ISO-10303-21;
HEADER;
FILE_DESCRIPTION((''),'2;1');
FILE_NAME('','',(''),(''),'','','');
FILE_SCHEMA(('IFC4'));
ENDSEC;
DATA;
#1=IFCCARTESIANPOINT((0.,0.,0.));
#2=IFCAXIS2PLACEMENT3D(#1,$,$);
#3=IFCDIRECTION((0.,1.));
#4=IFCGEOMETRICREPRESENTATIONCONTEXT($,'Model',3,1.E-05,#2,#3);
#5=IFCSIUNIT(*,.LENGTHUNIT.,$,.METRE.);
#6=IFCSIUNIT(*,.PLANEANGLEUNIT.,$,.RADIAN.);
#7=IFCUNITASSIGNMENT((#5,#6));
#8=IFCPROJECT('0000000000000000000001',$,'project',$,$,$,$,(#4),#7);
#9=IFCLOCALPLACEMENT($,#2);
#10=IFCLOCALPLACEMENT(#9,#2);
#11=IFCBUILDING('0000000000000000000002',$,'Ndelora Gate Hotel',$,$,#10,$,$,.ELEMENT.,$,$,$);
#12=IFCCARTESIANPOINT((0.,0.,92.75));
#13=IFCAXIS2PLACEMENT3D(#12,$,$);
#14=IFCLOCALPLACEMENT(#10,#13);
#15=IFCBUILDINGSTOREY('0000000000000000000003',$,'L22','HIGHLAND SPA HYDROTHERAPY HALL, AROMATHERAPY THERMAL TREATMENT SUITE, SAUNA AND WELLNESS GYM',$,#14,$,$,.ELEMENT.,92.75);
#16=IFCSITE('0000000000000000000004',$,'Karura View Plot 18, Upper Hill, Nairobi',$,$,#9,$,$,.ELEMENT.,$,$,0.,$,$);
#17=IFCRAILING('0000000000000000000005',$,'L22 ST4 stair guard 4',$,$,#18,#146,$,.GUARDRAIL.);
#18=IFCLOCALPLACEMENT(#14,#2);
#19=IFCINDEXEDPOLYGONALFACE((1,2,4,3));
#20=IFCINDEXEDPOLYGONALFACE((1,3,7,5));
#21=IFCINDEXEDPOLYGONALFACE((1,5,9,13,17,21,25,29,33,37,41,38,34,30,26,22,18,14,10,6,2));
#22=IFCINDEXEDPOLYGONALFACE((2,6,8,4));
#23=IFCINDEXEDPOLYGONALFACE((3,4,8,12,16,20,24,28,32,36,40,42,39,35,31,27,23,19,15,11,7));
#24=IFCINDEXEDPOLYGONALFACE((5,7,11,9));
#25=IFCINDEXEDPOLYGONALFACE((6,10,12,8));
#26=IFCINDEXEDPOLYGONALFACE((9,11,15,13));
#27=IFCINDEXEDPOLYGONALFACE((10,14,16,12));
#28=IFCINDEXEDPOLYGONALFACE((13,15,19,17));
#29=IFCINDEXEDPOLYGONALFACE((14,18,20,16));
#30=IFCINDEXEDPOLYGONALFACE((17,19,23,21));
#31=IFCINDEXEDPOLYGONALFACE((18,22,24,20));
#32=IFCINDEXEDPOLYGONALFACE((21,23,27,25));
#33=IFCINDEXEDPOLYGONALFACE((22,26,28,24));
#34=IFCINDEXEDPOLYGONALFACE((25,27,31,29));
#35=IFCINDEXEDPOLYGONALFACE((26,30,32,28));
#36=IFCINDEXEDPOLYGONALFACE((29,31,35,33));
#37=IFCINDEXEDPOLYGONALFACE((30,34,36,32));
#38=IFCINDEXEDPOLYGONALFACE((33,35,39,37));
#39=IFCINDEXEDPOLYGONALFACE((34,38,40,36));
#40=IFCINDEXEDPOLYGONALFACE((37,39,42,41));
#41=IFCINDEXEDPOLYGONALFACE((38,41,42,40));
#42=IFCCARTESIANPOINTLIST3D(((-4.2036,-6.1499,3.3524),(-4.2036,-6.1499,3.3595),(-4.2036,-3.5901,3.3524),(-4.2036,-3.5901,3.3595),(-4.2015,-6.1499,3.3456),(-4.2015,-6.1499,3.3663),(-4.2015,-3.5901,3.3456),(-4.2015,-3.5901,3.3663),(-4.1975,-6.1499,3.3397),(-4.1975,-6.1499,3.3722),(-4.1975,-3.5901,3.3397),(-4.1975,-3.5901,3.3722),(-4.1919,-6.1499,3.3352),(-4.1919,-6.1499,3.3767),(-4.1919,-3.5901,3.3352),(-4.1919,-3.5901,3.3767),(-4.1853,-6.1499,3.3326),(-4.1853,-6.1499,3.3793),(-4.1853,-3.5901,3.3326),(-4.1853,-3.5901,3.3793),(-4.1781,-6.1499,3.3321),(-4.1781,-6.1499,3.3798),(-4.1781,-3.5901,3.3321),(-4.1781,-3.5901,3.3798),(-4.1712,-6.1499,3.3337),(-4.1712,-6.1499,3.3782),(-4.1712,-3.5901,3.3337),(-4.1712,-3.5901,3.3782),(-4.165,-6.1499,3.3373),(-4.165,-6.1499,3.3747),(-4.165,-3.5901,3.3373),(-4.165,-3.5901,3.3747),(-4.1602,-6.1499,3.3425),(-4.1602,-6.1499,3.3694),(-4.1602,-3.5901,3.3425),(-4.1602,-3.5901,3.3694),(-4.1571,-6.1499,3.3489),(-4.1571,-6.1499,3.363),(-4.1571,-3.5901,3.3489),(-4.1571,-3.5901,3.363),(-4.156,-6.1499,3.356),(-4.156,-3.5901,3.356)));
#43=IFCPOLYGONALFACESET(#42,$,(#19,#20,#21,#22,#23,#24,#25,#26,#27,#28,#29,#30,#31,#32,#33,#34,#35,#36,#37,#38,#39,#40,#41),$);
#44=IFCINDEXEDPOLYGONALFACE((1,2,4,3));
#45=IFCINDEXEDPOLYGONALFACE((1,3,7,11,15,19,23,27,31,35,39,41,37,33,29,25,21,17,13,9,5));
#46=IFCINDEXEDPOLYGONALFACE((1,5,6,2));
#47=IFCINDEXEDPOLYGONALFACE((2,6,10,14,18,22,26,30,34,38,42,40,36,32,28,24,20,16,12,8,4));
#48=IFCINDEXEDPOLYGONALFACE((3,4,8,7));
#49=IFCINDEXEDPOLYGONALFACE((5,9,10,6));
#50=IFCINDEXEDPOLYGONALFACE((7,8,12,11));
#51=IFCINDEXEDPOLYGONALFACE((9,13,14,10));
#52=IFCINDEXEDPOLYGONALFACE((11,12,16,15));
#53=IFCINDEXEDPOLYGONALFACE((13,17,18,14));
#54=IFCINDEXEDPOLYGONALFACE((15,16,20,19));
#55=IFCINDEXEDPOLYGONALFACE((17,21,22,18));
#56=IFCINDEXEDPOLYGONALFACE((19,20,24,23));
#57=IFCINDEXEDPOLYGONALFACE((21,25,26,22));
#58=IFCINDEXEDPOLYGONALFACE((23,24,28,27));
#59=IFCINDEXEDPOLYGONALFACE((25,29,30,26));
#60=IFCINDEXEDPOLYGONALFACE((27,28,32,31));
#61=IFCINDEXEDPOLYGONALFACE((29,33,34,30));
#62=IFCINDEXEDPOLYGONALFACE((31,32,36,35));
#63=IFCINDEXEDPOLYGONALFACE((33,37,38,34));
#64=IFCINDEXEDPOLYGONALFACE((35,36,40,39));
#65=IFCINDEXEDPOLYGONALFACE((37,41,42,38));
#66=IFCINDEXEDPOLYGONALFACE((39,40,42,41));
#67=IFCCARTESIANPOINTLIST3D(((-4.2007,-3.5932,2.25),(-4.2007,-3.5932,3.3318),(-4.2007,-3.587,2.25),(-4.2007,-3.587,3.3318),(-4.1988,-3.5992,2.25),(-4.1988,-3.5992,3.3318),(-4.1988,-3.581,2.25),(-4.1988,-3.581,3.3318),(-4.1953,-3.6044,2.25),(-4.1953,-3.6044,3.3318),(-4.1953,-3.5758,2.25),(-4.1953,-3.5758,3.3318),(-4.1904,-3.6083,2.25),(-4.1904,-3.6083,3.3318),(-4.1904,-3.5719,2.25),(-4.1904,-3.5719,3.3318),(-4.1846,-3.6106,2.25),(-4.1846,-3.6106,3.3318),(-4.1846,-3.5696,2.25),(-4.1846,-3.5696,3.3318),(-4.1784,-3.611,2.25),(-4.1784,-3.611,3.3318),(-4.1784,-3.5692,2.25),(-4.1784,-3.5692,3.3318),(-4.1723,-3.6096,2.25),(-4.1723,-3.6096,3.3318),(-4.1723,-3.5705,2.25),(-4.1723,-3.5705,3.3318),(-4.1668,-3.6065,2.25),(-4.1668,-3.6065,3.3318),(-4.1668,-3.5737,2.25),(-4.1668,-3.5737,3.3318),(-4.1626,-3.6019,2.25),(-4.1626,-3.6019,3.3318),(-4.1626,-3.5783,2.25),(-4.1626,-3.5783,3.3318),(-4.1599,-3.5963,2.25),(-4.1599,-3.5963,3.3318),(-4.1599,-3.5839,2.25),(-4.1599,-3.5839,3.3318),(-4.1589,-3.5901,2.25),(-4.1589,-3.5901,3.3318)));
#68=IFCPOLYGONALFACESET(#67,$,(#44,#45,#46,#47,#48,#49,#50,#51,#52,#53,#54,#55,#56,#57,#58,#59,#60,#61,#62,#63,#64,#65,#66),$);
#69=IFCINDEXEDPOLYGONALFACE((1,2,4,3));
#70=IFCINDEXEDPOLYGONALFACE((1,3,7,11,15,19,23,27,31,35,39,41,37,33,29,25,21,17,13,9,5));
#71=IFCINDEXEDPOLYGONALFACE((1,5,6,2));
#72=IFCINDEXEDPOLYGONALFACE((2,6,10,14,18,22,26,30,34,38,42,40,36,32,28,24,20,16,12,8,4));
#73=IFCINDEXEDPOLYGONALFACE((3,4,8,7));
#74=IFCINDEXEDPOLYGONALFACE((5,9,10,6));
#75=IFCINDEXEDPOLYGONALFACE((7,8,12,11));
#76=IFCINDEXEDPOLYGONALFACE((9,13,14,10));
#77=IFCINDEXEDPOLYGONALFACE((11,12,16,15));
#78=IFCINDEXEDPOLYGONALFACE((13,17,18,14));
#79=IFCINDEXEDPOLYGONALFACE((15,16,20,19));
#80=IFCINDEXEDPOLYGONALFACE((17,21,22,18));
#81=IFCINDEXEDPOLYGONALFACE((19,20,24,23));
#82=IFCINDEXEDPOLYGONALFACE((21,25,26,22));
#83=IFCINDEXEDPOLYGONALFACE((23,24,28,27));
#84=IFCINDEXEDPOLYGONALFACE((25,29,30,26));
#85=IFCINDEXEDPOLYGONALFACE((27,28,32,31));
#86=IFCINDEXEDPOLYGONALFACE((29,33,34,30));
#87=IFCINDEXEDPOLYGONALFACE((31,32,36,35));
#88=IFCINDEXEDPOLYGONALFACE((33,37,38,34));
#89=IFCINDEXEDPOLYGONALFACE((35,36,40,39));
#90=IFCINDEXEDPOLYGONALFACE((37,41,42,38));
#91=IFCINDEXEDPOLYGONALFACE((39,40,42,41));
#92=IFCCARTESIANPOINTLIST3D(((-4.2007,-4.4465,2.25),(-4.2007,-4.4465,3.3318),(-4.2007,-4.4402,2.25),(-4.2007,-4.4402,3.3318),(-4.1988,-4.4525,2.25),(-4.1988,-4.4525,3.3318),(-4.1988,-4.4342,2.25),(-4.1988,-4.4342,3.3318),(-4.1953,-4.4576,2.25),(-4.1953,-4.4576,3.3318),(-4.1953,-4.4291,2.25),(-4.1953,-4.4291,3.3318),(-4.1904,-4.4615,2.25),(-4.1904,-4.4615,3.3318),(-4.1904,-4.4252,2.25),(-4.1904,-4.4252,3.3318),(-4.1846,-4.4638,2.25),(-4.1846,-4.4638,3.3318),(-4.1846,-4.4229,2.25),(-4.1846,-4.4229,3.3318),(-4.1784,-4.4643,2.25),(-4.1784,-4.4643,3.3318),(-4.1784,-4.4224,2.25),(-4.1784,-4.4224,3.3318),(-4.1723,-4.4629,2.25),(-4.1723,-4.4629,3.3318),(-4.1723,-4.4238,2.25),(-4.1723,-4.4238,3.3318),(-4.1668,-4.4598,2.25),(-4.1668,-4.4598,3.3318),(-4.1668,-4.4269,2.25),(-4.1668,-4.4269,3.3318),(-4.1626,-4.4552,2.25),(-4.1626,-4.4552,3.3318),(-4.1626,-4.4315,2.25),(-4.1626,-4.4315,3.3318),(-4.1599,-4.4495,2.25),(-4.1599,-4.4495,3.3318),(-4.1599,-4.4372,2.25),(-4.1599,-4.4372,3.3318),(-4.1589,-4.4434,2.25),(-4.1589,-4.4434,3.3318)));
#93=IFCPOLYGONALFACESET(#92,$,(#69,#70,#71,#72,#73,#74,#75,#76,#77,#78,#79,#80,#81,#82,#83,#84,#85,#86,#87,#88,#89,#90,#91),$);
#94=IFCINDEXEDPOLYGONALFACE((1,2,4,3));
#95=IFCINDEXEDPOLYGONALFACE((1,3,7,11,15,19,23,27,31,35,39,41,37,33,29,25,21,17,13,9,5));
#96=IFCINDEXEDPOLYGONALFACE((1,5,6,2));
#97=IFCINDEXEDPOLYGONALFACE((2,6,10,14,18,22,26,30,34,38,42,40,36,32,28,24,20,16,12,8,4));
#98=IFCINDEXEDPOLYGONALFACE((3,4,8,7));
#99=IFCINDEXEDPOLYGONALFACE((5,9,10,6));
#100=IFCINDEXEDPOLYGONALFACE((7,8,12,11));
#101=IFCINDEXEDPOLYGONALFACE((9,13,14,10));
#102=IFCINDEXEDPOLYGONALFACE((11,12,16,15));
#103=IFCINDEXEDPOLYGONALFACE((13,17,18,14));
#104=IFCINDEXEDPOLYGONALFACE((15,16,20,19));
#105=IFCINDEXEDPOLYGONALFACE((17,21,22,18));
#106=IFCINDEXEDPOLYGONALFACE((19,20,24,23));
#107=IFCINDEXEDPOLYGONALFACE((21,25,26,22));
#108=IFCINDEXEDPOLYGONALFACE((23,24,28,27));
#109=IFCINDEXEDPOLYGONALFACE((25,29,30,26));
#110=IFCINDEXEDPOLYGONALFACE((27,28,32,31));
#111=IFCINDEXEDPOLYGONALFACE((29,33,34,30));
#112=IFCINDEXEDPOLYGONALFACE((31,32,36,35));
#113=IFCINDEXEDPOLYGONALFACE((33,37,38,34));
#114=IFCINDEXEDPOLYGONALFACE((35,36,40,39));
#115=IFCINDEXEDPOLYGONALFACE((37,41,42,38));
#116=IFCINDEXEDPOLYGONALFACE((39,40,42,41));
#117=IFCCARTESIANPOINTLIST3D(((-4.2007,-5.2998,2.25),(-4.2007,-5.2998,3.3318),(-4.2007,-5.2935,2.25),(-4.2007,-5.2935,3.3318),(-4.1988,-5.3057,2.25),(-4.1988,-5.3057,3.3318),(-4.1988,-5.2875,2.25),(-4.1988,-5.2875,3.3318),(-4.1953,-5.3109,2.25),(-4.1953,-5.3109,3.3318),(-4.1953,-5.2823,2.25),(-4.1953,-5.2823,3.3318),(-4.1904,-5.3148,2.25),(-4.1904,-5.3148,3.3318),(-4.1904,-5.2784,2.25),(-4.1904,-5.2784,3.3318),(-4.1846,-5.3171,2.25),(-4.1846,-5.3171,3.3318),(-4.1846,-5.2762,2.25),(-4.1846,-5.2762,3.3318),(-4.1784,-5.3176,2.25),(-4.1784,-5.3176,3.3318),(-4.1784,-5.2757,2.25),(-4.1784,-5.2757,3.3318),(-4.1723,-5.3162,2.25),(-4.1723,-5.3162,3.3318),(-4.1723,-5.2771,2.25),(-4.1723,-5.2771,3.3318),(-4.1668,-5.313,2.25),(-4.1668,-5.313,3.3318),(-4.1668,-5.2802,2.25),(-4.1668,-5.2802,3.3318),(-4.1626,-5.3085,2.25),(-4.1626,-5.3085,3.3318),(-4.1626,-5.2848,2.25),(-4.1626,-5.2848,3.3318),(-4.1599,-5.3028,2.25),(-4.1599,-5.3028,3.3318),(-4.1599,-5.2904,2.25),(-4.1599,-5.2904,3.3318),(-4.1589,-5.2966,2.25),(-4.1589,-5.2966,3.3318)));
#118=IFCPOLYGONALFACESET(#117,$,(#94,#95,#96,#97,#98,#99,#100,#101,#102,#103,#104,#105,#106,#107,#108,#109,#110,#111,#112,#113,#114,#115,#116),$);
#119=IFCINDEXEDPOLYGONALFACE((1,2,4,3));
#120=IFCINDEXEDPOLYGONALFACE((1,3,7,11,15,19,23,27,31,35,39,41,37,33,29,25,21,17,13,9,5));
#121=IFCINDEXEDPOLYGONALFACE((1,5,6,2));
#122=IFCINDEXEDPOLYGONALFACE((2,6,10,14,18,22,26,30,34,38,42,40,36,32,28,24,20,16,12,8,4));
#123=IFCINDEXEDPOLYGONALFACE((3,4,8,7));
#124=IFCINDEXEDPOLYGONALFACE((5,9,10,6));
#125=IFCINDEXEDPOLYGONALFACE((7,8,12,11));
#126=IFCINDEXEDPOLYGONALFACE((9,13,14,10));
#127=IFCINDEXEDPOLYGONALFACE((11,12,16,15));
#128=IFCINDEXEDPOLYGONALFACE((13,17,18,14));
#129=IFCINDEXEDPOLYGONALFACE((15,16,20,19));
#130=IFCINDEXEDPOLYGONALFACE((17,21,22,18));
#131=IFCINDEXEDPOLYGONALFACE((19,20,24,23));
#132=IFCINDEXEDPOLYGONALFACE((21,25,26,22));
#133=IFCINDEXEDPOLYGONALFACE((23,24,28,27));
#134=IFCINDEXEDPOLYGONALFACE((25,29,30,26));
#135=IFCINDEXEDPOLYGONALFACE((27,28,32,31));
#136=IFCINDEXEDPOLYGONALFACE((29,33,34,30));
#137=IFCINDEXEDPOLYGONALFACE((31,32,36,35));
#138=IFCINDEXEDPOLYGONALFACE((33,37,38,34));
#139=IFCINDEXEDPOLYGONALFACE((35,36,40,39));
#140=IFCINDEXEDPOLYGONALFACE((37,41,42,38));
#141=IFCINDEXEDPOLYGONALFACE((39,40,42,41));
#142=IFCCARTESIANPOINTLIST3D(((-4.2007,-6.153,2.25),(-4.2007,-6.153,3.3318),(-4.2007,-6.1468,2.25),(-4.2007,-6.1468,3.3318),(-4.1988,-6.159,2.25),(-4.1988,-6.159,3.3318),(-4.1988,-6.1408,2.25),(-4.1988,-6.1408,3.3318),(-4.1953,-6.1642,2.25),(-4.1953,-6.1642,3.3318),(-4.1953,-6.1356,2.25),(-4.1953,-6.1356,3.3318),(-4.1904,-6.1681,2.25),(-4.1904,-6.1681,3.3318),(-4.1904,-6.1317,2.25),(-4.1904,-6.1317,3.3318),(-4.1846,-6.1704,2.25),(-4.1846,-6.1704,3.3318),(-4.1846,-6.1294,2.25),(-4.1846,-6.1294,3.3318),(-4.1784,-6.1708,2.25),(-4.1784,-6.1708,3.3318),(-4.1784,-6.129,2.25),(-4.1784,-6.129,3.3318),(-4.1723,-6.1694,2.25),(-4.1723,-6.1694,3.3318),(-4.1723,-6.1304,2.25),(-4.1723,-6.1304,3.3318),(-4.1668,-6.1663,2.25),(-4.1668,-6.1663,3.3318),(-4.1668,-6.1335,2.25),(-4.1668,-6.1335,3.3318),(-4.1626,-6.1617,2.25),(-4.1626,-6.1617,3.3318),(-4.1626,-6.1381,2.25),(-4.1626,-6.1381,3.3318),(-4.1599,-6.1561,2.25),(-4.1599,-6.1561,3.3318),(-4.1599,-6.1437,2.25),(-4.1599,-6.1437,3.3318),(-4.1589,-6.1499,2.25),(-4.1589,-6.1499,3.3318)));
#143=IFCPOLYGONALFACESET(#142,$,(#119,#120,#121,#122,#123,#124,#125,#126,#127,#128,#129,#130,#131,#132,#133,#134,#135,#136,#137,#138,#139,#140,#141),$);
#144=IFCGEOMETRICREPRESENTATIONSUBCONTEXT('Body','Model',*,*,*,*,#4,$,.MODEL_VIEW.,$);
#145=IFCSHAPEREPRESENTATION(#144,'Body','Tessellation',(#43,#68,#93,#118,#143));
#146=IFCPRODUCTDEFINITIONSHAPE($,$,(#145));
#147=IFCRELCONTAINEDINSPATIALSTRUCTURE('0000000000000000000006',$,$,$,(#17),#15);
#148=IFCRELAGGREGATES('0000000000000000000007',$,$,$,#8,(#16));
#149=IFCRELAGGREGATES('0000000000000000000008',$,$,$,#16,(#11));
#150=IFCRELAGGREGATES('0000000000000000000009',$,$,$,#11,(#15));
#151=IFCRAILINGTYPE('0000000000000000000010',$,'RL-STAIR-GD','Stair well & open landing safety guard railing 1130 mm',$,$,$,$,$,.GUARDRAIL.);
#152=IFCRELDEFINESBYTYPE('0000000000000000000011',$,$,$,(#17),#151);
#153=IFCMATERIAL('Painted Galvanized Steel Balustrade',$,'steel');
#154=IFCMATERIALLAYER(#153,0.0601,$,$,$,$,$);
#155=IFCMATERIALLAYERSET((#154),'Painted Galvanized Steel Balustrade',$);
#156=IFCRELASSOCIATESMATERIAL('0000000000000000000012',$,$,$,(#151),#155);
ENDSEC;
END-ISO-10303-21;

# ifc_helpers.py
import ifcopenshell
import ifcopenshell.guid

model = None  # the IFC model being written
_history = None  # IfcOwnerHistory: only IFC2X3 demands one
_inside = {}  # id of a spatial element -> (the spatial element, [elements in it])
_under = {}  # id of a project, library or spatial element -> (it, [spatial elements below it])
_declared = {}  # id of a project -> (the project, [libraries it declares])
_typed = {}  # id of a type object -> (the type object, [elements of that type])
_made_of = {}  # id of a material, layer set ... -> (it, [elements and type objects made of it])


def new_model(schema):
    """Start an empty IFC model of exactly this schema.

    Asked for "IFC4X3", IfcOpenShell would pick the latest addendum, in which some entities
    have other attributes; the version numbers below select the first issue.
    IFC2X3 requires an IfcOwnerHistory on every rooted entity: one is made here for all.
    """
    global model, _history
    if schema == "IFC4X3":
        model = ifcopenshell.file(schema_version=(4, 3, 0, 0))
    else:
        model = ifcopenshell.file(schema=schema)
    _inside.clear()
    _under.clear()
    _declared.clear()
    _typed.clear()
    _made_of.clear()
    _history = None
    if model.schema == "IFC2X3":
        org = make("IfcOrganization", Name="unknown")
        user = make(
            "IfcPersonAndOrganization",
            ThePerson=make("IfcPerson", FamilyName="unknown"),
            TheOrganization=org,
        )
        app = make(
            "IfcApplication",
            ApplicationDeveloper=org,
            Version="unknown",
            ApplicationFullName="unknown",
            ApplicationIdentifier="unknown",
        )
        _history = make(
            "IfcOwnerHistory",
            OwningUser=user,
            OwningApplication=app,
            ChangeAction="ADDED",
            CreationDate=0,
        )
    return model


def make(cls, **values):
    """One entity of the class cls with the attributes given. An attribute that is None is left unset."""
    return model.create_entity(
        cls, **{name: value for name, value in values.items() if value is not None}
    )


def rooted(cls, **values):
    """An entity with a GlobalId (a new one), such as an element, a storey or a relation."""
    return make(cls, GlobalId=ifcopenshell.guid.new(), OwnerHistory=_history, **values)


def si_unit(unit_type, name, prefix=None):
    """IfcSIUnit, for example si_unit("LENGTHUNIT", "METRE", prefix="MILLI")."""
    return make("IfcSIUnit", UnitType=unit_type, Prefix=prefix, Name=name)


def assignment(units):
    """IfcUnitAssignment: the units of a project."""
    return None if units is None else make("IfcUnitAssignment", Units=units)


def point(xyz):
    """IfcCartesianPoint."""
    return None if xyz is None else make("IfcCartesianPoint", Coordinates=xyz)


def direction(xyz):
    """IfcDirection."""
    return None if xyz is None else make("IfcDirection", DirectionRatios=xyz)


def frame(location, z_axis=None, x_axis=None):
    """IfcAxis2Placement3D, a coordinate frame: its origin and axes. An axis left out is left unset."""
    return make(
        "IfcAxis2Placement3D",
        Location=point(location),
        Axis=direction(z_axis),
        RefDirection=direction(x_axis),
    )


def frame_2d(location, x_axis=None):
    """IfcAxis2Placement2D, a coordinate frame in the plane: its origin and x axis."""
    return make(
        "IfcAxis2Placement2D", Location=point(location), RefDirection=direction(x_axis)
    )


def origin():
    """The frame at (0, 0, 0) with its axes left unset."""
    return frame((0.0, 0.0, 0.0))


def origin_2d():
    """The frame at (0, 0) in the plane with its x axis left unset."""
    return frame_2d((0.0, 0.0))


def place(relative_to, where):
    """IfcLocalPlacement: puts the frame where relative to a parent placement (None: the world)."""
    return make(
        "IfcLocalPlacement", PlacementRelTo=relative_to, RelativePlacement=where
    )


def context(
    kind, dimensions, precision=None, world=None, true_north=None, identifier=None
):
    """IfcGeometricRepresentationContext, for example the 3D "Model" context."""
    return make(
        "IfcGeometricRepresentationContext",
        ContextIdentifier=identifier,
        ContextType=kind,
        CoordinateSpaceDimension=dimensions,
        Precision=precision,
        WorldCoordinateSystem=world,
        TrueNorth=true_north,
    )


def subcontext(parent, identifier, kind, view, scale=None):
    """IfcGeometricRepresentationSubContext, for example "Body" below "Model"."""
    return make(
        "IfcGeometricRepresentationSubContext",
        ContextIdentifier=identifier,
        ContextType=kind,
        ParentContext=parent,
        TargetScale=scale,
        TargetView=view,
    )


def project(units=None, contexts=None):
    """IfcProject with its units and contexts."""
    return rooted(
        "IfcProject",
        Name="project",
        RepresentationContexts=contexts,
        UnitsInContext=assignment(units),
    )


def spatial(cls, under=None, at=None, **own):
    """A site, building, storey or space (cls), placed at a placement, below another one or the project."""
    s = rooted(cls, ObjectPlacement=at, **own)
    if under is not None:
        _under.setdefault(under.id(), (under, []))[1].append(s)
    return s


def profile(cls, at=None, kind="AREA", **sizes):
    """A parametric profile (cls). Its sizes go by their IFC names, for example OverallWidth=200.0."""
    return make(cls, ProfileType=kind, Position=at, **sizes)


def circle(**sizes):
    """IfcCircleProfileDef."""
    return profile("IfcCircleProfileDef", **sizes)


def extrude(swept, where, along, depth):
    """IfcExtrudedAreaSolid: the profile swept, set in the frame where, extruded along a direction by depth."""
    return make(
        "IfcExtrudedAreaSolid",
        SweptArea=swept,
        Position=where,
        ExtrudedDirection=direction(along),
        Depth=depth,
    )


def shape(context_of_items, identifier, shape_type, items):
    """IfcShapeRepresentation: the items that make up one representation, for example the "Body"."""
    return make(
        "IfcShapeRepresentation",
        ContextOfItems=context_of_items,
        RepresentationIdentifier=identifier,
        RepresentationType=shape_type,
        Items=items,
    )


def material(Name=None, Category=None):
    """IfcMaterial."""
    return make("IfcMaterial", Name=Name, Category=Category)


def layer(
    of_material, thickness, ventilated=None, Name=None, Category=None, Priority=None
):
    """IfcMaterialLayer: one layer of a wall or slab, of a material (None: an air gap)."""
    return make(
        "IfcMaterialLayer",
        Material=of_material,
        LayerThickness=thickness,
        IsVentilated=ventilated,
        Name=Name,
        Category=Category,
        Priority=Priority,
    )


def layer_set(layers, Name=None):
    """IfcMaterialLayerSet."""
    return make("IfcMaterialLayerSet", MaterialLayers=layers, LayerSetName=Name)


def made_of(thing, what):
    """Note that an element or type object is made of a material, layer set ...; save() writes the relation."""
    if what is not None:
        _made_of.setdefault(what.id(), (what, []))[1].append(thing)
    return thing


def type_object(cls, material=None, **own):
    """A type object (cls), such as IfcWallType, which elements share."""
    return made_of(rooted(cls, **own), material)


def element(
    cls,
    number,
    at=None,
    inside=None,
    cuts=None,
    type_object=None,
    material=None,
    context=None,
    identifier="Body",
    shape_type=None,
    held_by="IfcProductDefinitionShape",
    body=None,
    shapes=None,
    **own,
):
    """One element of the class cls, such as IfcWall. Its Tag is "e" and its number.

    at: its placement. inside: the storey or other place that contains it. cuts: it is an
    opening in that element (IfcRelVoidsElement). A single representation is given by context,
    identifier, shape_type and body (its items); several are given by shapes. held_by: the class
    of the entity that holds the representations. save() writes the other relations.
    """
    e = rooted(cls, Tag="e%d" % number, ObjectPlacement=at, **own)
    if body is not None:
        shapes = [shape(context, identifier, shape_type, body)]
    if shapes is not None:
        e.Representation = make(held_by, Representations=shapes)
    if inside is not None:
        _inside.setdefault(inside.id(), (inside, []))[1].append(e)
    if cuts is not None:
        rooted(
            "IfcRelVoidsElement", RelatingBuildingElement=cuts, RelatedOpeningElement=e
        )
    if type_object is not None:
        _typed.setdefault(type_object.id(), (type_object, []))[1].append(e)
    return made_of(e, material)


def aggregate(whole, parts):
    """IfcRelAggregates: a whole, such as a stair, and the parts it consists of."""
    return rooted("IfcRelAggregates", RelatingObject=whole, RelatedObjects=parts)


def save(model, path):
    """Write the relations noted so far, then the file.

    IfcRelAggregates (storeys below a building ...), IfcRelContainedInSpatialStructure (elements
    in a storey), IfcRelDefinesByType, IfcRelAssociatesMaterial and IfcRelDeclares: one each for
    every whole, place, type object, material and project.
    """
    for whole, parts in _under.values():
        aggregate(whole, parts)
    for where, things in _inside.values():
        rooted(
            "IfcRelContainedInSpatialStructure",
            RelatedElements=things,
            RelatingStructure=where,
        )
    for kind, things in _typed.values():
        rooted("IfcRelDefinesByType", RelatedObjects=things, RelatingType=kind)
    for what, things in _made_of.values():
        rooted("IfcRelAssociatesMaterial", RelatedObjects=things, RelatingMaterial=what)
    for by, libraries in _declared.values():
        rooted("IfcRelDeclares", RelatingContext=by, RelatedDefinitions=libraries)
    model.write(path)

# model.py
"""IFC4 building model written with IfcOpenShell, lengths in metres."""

from ifc_helpers import new_model, si_unit, direction, frame, origin, origin_2d, place, context, subcontext, project, spatial, circle, extrude, material, layer, layer_set, type_object, element, save


model = new_model("IFC4")

# Units and contexts
model_context = context("Model", 3, precision=1e-05, world=origin(), true_north=direction((0.0, 1.0)))
body_context = subcontext(model_context, "Body", "Model", "MODEL_VIEW")
ifc_project = project(units=[si_unit("LENGTHUNIT", "METRE"), si_unit("PLANEANGLEUNIT", "RADIAN")], contexts=[model_context])

# Site, building, storey
site_placement = place(None, origin())
site = spatial("IfcSite", under=ifc_project, at=site_placement, Name="Karura View Plot 18, Upper Hill, Nairobi", CompositionType="ELEMENT", RefElevation=0.0)
building_placement = place(site_placement, origin())
building = spatial("IfcBuilding", under=site, at=building_placement, Name="Ndelora Gate Hotel", CompositionType="ELEMENT")
storey_placement = place(building_placement, frame((0.0, 0.0, 92.75)))
storey = spatial("IfcBuildingStorey", under=building, at=storey_placement, Name="L22", Description="HIGHLAND SPA HYDROTHERAPY HALL, AROMATHERAPY THERMAL TREATMENT SUITE, SAUNA AND WELLNESS GYM", CompositionType="ELEMENT", Elevation=92.75)

# Railing
ifc_material_1 = material(Name="Painted Galvanized Steel Balustrade", Category="steel")
ifc_layer_1 = layer(ifc_material_1, 0.0601)
ifc_layer_set_1 = layer_set([ifc_layer_1], Name="Painted Galvanized Steel Balustrade")
railing_type_1 = type_object("IfcRailingType", Name="RL-STAIR-GD", Description="Stair well & open landing safety guard railing 1130 mm", PredefinedType="GUARDRAIL", material=ifc_layer_set_1)
for number, where, name in (
    (1, (-4.1799, -3.5901, 2.25), "L22 ST4 stair guard 4"),
):
    element("IfcRailing", number, at=place(storey_placement, frame(where)), inside=storey, type_object=railing_type_1, Name=name, PredefinedType="GUARDRAIL", context=body_context, shape_type="SweptSolid", body=[
        extrude(circle(Radius=0.0239, at=origin_2d()), frame((0.0, 0.0, 1.106), z_axis=(0.0, -1.0, 0.0), x_axis=(1.0, 0.0, 0.0)), (0.0, 0.0, 1.0), 2.5598),
        extrude(circle(Radius=0.021, at=origin_2d()), origin(), (0.0, 0.0, 1.0), 1.0818),
        extrude(circle(Radius=0.021, at=origin_2d()), frame((0.0, -0.8533, 0.0)), (0.0, 0.0, 1.0), 1.0818),
        extrude(circle(Radius=0.021, at=origin_2d()), frame((0.0, -1.7065, 0.0)), (0.0, 0.0, 1.0), 1.0818),
        extrude(circle(Radius=0.021, at=origin_2d()), frame((0.0, -2.5598, 0.0)), (0.0, 0.0, 1.0), 1.0818),
    ])

save(model, "model.ifc")
